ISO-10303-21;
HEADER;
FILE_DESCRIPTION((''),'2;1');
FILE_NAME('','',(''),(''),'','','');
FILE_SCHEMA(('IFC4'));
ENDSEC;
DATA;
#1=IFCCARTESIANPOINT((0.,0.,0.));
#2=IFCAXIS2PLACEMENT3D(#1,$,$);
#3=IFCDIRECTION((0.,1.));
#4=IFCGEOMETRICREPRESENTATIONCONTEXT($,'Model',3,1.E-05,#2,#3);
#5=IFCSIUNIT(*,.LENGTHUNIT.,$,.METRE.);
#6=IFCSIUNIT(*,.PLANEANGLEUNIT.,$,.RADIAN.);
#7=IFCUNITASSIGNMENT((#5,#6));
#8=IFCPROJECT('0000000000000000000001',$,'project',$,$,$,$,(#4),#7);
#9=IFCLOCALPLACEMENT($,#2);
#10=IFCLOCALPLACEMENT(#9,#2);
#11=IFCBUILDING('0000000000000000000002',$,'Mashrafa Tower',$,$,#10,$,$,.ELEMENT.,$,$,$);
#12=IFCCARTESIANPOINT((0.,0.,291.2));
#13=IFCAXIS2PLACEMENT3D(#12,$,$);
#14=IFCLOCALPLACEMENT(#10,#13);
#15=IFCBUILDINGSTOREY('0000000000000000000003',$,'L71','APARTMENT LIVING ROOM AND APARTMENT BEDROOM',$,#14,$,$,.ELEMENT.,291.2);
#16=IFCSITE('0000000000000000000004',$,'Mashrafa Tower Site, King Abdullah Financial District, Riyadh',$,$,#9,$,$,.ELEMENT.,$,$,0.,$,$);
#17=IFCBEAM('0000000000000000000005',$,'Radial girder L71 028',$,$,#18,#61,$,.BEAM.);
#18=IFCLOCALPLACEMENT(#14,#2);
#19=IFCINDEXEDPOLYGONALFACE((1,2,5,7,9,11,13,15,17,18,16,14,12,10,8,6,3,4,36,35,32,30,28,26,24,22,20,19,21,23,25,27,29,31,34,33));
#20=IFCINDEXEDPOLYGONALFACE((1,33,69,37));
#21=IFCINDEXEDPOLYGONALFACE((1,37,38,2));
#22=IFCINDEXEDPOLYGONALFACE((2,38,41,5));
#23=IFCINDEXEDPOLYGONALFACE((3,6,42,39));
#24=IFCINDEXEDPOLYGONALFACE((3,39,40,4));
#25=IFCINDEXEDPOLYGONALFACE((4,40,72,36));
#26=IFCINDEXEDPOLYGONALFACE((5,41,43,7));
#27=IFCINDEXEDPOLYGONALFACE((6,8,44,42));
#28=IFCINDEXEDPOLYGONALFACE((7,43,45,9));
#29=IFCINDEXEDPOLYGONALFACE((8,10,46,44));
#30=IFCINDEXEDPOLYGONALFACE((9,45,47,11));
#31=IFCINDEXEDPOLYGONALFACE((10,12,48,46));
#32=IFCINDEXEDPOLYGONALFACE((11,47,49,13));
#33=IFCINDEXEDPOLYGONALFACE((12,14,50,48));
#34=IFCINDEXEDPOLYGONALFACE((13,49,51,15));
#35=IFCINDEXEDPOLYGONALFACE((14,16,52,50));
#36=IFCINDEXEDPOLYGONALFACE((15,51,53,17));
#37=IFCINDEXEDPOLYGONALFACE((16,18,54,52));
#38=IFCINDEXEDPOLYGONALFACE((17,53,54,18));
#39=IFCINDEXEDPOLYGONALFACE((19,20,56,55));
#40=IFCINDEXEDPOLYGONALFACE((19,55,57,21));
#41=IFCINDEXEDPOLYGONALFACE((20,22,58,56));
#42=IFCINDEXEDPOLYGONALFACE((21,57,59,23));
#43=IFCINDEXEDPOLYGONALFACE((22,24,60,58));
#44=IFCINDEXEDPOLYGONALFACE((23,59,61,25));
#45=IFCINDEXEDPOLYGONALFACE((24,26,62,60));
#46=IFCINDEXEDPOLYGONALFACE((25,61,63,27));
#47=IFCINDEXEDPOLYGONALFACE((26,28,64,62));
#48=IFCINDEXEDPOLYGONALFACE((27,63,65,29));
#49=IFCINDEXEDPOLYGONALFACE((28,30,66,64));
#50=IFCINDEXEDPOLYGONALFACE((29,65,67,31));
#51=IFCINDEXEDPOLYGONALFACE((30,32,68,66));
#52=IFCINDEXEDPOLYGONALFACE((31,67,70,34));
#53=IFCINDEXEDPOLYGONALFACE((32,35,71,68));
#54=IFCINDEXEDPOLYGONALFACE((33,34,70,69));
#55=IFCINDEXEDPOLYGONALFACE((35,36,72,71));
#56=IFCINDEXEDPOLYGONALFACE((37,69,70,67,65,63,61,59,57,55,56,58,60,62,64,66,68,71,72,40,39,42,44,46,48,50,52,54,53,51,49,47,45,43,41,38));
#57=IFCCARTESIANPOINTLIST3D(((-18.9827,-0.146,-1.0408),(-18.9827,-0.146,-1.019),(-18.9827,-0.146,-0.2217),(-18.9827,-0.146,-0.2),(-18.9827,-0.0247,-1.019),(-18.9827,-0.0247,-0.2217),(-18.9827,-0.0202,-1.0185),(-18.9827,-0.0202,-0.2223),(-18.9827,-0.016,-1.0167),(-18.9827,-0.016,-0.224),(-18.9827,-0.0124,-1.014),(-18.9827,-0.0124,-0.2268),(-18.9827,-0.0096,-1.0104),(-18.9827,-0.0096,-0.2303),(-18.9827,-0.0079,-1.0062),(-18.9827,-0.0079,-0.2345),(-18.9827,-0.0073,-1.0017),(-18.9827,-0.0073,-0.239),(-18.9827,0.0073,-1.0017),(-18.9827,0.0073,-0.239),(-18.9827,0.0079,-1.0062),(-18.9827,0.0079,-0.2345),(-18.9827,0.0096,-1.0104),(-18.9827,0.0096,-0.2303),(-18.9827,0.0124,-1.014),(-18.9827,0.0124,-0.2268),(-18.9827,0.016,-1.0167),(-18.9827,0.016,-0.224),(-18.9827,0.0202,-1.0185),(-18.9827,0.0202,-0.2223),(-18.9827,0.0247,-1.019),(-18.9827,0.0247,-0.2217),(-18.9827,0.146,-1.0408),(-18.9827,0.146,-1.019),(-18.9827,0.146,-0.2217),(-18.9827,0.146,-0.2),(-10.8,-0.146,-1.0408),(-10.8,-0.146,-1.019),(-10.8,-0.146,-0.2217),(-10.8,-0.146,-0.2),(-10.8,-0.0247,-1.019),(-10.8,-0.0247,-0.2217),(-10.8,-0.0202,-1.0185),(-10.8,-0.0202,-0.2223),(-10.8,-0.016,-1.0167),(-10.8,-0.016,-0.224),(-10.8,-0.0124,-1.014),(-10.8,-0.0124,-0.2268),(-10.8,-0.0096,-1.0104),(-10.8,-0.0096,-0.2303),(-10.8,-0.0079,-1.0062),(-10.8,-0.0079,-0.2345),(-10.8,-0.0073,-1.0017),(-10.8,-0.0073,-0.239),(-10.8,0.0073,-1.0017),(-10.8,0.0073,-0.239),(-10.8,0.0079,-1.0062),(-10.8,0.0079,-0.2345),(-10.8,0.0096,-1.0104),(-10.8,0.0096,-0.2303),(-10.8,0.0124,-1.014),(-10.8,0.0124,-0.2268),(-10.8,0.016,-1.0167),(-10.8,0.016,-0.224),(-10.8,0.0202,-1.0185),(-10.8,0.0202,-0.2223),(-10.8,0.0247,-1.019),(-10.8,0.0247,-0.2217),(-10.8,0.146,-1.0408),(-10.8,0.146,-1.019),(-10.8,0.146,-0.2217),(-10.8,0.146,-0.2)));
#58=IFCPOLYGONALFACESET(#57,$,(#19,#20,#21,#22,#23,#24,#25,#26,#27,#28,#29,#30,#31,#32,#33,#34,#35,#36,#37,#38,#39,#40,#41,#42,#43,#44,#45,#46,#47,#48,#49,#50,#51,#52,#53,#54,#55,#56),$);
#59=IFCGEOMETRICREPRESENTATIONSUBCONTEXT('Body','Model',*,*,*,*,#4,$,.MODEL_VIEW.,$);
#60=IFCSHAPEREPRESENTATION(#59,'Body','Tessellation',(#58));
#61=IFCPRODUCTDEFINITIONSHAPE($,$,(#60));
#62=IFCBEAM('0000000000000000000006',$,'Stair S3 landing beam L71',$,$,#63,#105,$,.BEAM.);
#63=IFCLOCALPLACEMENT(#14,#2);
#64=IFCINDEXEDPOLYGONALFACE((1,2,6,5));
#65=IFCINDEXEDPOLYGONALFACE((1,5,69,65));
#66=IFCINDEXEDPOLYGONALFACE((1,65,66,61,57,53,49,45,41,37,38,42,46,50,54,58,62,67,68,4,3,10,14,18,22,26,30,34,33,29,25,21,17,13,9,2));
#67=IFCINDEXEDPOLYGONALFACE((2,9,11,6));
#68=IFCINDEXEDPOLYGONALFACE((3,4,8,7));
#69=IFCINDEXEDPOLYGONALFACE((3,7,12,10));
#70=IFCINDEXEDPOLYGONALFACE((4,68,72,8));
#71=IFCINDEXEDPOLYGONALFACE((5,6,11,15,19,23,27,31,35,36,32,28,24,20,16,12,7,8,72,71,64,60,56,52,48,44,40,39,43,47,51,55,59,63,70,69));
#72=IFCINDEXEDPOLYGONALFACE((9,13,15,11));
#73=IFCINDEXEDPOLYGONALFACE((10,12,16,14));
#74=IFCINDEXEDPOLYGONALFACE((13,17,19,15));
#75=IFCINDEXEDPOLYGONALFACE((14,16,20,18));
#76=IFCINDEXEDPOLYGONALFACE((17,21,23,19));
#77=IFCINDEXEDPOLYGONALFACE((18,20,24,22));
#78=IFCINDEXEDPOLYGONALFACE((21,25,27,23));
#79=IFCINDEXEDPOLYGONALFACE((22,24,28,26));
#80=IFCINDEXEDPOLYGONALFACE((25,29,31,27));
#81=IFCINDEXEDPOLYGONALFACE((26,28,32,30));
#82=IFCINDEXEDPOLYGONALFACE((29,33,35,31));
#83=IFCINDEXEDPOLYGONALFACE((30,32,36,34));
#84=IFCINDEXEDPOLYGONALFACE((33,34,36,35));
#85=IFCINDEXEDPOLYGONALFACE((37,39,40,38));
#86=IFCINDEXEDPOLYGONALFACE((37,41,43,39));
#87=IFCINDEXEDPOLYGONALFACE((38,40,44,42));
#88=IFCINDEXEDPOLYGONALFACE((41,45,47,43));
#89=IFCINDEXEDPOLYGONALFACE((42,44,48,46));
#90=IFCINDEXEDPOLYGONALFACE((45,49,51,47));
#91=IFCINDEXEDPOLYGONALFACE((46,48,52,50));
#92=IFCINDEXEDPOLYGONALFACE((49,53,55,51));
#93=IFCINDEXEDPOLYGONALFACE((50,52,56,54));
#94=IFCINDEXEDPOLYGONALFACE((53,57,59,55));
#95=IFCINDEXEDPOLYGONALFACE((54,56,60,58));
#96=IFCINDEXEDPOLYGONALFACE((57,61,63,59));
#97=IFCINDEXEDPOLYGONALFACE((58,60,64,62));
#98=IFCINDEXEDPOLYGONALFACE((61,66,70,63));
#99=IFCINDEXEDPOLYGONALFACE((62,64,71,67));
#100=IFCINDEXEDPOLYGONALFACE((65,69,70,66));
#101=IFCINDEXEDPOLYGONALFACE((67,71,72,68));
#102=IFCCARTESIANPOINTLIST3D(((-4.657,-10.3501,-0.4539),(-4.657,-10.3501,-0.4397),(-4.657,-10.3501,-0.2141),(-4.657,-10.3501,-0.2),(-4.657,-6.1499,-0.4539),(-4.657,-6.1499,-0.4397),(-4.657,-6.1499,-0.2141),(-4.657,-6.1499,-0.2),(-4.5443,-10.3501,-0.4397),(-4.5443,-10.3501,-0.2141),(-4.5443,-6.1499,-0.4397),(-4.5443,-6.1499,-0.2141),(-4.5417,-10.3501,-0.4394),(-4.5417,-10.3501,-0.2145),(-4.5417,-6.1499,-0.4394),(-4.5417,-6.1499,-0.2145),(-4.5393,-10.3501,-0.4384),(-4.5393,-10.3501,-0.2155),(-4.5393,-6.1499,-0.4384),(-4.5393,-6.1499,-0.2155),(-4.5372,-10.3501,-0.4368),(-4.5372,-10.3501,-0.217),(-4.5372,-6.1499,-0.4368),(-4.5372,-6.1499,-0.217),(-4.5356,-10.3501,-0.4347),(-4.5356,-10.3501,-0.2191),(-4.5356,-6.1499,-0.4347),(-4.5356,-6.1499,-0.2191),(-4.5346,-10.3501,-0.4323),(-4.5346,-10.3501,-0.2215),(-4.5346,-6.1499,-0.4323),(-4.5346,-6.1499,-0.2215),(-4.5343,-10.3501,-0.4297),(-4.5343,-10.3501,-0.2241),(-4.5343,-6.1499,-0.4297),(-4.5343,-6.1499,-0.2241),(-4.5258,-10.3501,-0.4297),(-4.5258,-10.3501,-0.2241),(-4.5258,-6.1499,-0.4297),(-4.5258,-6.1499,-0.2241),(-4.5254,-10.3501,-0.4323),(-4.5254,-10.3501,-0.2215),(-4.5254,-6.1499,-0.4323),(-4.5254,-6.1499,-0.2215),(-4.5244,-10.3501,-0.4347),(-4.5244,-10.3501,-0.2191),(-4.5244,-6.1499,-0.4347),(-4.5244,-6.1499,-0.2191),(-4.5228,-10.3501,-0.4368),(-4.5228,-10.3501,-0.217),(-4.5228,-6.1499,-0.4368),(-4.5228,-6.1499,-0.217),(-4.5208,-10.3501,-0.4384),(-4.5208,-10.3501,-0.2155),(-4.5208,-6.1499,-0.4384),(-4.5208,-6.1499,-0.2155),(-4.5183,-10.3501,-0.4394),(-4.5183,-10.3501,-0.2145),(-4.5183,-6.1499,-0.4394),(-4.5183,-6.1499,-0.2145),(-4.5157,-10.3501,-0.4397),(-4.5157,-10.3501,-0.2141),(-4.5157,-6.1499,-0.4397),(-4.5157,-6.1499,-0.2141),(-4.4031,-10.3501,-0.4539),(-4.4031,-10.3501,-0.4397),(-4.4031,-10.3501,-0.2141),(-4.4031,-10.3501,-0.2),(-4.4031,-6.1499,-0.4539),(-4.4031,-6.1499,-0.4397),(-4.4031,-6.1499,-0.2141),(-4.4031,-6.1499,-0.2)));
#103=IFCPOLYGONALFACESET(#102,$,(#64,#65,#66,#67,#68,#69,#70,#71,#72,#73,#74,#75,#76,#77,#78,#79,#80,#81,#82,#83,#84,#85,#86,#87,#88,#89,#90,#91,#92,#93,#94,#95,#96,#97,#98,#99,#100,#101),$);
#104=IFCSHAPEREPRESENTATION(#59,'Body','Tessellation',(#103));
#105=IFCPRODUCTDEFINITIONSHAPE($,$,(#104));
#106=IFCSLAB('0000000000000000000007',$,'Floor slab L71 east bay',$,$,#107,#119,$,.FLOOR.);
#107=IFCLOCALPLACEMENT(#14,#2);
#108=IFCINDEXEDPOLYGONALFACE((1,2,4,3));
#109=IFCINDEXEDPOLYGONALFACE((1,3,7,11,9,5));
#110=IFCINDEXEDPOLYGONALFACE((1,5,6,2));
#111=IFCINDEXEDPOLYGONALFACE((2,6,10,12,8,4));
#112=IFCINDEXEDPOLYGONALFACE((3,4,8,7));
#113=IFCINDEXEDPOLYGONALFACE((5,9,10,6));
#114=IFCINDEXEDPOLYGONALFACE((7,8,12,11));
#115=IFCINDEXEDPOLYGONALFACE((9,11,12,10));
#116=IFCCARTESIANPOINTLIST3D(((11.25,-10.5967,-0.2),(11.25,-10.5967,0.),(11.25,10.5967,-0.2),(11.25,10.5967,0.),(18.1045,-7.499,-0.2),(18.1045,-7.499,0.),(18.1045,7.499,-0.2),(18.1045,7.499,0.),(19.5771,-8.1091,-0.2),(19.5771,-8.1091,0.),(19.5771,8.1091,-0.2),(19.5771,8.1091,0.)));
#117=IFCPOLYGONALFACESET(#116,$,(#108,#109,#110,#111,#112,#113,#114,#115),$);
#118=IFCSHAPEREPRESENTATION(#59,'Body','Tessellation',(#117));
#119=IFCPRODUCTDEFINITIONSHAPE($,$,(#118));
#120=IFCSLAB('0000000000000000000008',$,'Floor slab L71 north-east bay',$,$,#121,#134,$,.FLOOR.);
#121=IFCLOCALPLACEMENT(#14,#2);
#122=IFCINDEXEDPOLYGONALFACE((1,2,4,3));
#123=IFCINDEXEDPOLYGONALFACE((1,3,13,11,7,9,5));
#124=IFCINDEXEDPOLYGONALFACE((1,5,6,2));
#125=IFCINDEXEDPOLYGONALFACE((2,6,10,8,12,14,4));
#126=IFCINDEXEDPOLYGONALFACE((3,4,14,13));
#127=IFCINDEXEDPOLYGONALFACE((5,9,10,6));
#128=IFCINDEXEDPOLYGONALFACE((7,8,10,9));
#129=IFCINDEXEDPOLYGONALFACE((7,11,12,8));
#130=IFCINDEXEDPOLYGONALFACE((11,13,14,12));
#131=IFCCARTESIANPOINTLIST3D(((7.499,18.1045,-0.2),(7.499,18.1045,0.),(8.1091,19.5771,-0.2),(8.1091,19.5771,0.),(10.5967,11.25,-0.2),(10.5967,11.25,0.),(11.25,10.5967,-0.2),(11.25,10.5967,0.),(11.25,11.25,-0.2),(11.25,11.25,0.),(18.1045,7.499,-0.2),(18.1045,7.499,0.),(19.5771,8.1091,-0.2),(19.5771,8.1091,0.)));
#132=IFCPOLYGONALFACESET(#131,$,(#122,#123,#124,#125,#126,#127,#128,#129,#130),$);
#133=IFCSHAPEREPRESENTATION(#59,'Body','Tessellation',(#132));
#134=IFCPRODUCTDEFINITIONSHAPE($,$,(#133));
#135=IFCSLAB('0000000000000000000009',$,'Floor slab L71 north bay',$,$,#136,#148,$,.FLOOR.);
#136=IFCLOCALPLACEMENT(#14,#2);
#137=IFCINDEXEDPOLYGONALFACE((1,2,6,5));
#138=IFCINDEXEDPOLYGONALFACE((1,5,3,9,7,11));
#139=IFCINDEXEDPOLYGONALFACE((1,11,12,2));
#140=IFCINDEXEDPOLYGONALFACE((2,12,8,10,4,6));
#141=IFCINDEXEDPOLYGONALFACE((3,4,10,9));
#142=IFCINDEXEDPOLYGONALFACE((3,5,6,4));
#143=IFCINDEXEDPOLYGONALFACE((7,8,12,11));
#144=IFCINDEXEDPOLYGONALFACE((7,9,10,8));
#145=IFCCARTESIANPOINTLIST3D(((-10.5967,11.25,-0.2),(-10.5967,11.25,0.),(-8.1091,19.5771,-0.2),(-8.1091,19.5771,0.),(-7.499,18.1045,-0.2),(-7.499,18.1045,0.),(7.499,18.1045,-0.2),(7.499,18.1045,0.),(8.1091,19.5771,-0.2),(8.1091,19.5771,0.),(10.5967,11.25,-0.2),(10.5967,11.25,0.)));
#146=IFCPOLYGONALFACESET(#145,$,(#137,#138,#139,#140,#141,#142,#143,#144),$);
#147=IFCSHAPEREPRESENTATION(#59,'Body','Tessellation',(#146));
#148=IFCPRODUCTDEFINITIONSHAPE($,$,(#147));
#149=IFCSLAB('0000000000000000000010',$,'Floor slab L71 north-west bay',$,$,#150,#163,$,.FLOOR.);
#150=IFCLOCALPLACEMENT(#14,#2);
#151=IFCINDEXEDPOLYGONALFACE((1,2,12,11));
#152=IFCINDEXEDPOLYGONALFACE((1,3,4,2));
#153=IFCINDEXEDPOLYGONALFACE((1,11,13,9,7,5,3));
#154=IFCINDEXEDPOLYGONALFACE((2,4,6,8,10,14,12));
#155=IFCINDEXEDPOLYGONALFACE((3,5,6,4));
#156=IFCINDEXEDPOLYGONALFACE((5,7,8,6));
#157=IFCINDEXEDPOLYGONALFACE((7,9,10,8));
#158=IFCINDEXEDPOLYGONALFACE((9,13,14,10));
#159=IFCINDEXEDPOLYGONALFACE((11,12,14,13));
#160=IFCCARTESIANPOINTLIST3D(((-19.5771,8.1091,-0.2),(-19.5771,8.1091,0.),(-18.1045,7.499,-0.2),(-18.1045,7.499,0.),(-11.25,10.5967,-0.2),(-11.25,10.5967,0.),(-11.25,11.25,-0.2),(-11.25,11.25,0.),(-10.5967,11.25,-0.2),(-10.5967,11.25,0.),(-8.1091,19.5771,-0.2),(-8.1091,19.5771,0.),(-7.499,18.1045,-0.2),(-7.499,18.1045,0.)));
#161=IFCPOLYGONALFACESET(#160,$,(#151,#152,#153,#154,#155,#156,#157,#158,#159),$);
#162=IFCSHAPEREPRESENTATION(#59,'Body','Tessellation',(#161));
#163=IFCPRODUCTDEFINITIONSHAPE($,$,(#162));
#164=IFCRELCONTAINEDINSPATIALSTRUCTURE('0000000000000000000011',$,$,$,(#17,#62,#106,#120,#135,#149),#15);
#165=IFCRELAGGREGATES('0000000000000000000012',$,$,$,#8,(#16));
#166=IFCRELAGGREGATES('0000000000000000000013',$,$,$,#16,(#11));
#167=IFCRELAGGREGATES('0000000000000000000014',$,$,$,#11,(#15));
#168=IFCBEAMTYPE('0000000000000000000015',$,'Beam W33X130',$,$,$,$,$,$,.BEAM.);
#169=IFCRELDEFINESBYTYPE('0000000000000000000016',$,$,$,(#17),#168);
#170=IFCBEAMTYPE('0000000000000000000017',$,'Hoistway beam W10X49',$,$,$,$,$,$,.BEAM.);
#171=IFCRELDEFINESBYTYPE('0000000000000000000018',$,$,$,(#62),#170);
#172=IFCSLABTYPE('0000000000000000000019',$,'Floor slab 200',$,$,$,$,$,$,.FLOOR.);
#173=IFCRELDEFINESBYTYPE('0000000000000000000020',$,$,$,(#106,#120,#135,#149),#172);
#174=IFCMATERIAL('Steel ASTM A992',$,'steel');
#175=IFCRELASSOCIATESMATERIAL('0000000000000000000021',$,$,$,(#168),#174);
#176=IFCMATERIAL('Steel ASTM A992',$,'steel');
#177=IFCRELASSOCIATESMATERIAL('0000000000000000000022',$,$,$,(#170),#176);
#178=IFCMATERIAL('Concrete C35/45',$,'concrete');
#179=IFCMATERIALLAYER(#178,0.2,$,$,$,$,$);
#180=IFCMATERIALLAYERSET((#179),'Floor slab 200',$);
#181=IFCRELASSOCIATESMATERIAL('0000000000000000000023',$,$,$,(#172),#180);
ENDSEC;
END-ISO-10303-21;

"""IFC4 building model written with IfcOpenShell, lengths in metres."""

from ifc_helpers import new_model, si_unit, direction, frame, origin, origin_2d, place, context, subcontext, project, spatial, polyline, i_section, outline, extrude, material, layer, layer_set, material_profile, profile_set, type_object, element, save


model = new_model("IFC4")

# Units and contexts
model_context = context("Model", 3, precision=1e-05, world=origin(), true_north=direction((0.0, 1.0)))
body_context = subcontext(model_context, "Body", "Model", "MODEL_VIEW")
ifc_project = project(units=[si_unit("LENGTHUNIT", "METRE"), si_unit("PLANEANGLEUNIT", "RADIAN")], contexts=[model_context])

# Site, building, storey
site_placement = place(None, origin())
site = spatial("IfcSite", under=ifc_project, at=site_placement, Name="Mashrafa Tower Site, King Abdullah Financial District, Riyadh", CompositionType="ELEMENT", RefElevation=0.0)
building_placement = place(site_placement, origin())
building = spatial("IfcBuilding", under=site, at=building_placement, Name="Mashrafa Tower", CompositionType="ELEMENT")
storey_placement = place(building_placement, frame((0.0, 0.0, 291.2)))
storey = spatial("IfcBuildingStorey", under=building, at=storey_placement, Name="L71", Description="APARTMENT LIVING ROOM AND APARTMENT BEDROOM", CompositionType="ELEMENT", Elevation=291.2)

# Beams
ifc_material_1 = material(Name="Steel ASTM A992", Category="steel")
ifc_material_profile_1 = material_profile(ifc_material_1, i_section(OverallWidth=0.292, OverallDepth=0.8408, WebThickness=0.0146, FlangeThickness=0.0217, FilletRadius=0.0173, at=origin_2d()), Name="W33X130")
ifc_profile_set_1 = profile_set([ifc_material_profile_1], Name="Steel ASTM A992")
beam_type_1 = type_object("IfcBeamType", Name="Beam W33X130", PredefinedType="BEAM", material=ifc_profile_set_1)
beam_1_placement = place(storey_placement, frame((-10.8, 0.0, -0.6204), z_axis=(-1.0, 0.0, 0.0), x_axis=(0.0, -1.0, 0.0)))
element("IfcBeam", 1, at=beam_1_placement, inside=storey, type_object=beam_type_1, Name="Radial girder L71 028", PredefinedType="BEAM", context=body_context, shape_type="SweptSolid", body=[
    extrude(i_section(OverallWidth=0.292, OverallDepth=0.8408, WebThickness=0.0146, FlangeThickness=0.0217, FilletRadius=0.0173, at=origin_2d()), origin(), (0.0, 0.0, 1.0), 8.1826),
])
ifc_material_2 = material(Name="Steel ASTM A992", Category="steel")
ifc_material_profile_2 = material_profile(ifc_material_2, i_section(OverallWidth=0.2539, OverallDepth=0.2539, WebThickness=0.0085, FlangeThickness=0.0142, FilletRadius=0.01, at=origin_2d()), Name="W10X49")
ifc_profile_set_2 = profile_set([ifc_material_profile_2], Name="Steel ASTM A992")
beam_type_2 = type_object("IfcBeamType", Name="Hoistway beam W10X49", PredefinedType="BEAM", material=ifc_profile_set_2)
beam_2_placement = place(storey_placement, frame((-4.53, -10.3501, -0.3269), z_axis=(0.0, 1.0, 0.0), x_axis=(-1.0, 0.0, 0.0)))
element("IfcBeam", 2, at=beam_2_placement, inside=storey, type_object=beam_type_2, Name="Stair S3 landing beam L71", PredefinedType="BEAM", context=body_context, shape_type="SweptSolid", body=[
    extrude(i_section(OverallWidth=0.2539, OverallDepth=0.2539, WebThickness=0.0085, FlangeThickness=0.0142, FilletRadius=0.01, at=origin_2d()), origin(), (0.0, 0.0, 1.0), 4.2002),
])

# Slabs
ifc_material_3 = material(Name="Concrete C35/45", Category="concrete")
ifc_layer_1 = layer(ifc_material_3, 0.2)
ifc_layer_set_1 = layer_set([ifc_layer_1], Name="Floor slab 200")
slab_type = type_object("IfcSlabType", Name="Floor slab 200", PredefinedType="FLOOR", material=ifc_layer_set_1)
slab_1_placement = place(storey_placement, frame((0.0, 0.0, -0.2)))
element("IfcSlab", 3, at=slab_1_placement, inside=storey, type_object=slab_type, Name="Floor slab L71 east bay", PredefinedType="FLOOR", context=body_context, shape_type="SweptSolid", body=[
    extrude(outline(polyline([(19.5771, -8.1091), (18.1045, -7.499), (11.25, -10.5967), (11.25, 10.5967), (18.1045, 7.499), (19.5771, 8.1091), (19.5771, -8.1091)])), origin(), (0.0, 0.0, 1.0), 0.2),
])
slab_2_placement = place(storey_placement, frame((0.0, 0.0, -0.2)))
element("IfcSlab", 4, at=slab_2_placement, inside=storey, type_object=slab_type, Name="Floor slab L71 north-east bay", PredefinedType="FLOOR", context=body_context, shape_type="SweptSolid", body=[
    extrude(outline(polyline([(8.1091, 19.5771), (19.5771, 8.1091), (19.5771, 8.1091), (18.1045, 7.499), (11.25, 10.5967), (11.25, 11.25), (10.5967, 11.25), (7.499, 18.1045), (8.1091, 19.5771), (8.1091, 19.5771)])), origin(), (0.0, 0.0, 1.0), 0.2),
])
slab_3_placement = place(storey_placement, frame((0.0, 0.0, -0.2)))
element("IfcSlab", 5, at=slab_3_placement, inside=storey, type_object=slab_type, Name="Floor slab L71 north bay", PredefinedType="FLOOR", context=body_context, shape_type="SweptSolid", body=[
    extrude(outline(polyline([(8.1091, 19.5771), (7.499, 18.1045), (10.5967, 11.25), (-10.5967, 11.25), (-7.499, 18.1045), (-8.1091, 19.5771), (8.1091, 19.5771)])), origin(), (0.0, 0.0, 1.0), 0.2),
])
slab_4_placement = place(storey_placement, frame((0.0, 0.0, -0.2)))
element("IfcSlab", 6, at=slab_4_placement, inside=storey, type_object=slab_type, Name="Floor slab L71 north-west bay", PredefinedType="FLOOR", context=body_context, shape_type="SweptSolid", body=[
    extrude(outline(polyline([(-19.5771, 8.1091), (-8.1091, 19.5771), (-8.1091, 19.5771), (-7.499, 18.1045), (-10.5967, 11.25), (-11.25, 11.25), (-11.25, 10.5967), (-18.1045, 7.499), (-19.5771, 8.1091), (-19.5771, 8.1091)])), origin(), (0.0, 0.0, 1.0), 0.2),
])

save(model, "model.ifc")
